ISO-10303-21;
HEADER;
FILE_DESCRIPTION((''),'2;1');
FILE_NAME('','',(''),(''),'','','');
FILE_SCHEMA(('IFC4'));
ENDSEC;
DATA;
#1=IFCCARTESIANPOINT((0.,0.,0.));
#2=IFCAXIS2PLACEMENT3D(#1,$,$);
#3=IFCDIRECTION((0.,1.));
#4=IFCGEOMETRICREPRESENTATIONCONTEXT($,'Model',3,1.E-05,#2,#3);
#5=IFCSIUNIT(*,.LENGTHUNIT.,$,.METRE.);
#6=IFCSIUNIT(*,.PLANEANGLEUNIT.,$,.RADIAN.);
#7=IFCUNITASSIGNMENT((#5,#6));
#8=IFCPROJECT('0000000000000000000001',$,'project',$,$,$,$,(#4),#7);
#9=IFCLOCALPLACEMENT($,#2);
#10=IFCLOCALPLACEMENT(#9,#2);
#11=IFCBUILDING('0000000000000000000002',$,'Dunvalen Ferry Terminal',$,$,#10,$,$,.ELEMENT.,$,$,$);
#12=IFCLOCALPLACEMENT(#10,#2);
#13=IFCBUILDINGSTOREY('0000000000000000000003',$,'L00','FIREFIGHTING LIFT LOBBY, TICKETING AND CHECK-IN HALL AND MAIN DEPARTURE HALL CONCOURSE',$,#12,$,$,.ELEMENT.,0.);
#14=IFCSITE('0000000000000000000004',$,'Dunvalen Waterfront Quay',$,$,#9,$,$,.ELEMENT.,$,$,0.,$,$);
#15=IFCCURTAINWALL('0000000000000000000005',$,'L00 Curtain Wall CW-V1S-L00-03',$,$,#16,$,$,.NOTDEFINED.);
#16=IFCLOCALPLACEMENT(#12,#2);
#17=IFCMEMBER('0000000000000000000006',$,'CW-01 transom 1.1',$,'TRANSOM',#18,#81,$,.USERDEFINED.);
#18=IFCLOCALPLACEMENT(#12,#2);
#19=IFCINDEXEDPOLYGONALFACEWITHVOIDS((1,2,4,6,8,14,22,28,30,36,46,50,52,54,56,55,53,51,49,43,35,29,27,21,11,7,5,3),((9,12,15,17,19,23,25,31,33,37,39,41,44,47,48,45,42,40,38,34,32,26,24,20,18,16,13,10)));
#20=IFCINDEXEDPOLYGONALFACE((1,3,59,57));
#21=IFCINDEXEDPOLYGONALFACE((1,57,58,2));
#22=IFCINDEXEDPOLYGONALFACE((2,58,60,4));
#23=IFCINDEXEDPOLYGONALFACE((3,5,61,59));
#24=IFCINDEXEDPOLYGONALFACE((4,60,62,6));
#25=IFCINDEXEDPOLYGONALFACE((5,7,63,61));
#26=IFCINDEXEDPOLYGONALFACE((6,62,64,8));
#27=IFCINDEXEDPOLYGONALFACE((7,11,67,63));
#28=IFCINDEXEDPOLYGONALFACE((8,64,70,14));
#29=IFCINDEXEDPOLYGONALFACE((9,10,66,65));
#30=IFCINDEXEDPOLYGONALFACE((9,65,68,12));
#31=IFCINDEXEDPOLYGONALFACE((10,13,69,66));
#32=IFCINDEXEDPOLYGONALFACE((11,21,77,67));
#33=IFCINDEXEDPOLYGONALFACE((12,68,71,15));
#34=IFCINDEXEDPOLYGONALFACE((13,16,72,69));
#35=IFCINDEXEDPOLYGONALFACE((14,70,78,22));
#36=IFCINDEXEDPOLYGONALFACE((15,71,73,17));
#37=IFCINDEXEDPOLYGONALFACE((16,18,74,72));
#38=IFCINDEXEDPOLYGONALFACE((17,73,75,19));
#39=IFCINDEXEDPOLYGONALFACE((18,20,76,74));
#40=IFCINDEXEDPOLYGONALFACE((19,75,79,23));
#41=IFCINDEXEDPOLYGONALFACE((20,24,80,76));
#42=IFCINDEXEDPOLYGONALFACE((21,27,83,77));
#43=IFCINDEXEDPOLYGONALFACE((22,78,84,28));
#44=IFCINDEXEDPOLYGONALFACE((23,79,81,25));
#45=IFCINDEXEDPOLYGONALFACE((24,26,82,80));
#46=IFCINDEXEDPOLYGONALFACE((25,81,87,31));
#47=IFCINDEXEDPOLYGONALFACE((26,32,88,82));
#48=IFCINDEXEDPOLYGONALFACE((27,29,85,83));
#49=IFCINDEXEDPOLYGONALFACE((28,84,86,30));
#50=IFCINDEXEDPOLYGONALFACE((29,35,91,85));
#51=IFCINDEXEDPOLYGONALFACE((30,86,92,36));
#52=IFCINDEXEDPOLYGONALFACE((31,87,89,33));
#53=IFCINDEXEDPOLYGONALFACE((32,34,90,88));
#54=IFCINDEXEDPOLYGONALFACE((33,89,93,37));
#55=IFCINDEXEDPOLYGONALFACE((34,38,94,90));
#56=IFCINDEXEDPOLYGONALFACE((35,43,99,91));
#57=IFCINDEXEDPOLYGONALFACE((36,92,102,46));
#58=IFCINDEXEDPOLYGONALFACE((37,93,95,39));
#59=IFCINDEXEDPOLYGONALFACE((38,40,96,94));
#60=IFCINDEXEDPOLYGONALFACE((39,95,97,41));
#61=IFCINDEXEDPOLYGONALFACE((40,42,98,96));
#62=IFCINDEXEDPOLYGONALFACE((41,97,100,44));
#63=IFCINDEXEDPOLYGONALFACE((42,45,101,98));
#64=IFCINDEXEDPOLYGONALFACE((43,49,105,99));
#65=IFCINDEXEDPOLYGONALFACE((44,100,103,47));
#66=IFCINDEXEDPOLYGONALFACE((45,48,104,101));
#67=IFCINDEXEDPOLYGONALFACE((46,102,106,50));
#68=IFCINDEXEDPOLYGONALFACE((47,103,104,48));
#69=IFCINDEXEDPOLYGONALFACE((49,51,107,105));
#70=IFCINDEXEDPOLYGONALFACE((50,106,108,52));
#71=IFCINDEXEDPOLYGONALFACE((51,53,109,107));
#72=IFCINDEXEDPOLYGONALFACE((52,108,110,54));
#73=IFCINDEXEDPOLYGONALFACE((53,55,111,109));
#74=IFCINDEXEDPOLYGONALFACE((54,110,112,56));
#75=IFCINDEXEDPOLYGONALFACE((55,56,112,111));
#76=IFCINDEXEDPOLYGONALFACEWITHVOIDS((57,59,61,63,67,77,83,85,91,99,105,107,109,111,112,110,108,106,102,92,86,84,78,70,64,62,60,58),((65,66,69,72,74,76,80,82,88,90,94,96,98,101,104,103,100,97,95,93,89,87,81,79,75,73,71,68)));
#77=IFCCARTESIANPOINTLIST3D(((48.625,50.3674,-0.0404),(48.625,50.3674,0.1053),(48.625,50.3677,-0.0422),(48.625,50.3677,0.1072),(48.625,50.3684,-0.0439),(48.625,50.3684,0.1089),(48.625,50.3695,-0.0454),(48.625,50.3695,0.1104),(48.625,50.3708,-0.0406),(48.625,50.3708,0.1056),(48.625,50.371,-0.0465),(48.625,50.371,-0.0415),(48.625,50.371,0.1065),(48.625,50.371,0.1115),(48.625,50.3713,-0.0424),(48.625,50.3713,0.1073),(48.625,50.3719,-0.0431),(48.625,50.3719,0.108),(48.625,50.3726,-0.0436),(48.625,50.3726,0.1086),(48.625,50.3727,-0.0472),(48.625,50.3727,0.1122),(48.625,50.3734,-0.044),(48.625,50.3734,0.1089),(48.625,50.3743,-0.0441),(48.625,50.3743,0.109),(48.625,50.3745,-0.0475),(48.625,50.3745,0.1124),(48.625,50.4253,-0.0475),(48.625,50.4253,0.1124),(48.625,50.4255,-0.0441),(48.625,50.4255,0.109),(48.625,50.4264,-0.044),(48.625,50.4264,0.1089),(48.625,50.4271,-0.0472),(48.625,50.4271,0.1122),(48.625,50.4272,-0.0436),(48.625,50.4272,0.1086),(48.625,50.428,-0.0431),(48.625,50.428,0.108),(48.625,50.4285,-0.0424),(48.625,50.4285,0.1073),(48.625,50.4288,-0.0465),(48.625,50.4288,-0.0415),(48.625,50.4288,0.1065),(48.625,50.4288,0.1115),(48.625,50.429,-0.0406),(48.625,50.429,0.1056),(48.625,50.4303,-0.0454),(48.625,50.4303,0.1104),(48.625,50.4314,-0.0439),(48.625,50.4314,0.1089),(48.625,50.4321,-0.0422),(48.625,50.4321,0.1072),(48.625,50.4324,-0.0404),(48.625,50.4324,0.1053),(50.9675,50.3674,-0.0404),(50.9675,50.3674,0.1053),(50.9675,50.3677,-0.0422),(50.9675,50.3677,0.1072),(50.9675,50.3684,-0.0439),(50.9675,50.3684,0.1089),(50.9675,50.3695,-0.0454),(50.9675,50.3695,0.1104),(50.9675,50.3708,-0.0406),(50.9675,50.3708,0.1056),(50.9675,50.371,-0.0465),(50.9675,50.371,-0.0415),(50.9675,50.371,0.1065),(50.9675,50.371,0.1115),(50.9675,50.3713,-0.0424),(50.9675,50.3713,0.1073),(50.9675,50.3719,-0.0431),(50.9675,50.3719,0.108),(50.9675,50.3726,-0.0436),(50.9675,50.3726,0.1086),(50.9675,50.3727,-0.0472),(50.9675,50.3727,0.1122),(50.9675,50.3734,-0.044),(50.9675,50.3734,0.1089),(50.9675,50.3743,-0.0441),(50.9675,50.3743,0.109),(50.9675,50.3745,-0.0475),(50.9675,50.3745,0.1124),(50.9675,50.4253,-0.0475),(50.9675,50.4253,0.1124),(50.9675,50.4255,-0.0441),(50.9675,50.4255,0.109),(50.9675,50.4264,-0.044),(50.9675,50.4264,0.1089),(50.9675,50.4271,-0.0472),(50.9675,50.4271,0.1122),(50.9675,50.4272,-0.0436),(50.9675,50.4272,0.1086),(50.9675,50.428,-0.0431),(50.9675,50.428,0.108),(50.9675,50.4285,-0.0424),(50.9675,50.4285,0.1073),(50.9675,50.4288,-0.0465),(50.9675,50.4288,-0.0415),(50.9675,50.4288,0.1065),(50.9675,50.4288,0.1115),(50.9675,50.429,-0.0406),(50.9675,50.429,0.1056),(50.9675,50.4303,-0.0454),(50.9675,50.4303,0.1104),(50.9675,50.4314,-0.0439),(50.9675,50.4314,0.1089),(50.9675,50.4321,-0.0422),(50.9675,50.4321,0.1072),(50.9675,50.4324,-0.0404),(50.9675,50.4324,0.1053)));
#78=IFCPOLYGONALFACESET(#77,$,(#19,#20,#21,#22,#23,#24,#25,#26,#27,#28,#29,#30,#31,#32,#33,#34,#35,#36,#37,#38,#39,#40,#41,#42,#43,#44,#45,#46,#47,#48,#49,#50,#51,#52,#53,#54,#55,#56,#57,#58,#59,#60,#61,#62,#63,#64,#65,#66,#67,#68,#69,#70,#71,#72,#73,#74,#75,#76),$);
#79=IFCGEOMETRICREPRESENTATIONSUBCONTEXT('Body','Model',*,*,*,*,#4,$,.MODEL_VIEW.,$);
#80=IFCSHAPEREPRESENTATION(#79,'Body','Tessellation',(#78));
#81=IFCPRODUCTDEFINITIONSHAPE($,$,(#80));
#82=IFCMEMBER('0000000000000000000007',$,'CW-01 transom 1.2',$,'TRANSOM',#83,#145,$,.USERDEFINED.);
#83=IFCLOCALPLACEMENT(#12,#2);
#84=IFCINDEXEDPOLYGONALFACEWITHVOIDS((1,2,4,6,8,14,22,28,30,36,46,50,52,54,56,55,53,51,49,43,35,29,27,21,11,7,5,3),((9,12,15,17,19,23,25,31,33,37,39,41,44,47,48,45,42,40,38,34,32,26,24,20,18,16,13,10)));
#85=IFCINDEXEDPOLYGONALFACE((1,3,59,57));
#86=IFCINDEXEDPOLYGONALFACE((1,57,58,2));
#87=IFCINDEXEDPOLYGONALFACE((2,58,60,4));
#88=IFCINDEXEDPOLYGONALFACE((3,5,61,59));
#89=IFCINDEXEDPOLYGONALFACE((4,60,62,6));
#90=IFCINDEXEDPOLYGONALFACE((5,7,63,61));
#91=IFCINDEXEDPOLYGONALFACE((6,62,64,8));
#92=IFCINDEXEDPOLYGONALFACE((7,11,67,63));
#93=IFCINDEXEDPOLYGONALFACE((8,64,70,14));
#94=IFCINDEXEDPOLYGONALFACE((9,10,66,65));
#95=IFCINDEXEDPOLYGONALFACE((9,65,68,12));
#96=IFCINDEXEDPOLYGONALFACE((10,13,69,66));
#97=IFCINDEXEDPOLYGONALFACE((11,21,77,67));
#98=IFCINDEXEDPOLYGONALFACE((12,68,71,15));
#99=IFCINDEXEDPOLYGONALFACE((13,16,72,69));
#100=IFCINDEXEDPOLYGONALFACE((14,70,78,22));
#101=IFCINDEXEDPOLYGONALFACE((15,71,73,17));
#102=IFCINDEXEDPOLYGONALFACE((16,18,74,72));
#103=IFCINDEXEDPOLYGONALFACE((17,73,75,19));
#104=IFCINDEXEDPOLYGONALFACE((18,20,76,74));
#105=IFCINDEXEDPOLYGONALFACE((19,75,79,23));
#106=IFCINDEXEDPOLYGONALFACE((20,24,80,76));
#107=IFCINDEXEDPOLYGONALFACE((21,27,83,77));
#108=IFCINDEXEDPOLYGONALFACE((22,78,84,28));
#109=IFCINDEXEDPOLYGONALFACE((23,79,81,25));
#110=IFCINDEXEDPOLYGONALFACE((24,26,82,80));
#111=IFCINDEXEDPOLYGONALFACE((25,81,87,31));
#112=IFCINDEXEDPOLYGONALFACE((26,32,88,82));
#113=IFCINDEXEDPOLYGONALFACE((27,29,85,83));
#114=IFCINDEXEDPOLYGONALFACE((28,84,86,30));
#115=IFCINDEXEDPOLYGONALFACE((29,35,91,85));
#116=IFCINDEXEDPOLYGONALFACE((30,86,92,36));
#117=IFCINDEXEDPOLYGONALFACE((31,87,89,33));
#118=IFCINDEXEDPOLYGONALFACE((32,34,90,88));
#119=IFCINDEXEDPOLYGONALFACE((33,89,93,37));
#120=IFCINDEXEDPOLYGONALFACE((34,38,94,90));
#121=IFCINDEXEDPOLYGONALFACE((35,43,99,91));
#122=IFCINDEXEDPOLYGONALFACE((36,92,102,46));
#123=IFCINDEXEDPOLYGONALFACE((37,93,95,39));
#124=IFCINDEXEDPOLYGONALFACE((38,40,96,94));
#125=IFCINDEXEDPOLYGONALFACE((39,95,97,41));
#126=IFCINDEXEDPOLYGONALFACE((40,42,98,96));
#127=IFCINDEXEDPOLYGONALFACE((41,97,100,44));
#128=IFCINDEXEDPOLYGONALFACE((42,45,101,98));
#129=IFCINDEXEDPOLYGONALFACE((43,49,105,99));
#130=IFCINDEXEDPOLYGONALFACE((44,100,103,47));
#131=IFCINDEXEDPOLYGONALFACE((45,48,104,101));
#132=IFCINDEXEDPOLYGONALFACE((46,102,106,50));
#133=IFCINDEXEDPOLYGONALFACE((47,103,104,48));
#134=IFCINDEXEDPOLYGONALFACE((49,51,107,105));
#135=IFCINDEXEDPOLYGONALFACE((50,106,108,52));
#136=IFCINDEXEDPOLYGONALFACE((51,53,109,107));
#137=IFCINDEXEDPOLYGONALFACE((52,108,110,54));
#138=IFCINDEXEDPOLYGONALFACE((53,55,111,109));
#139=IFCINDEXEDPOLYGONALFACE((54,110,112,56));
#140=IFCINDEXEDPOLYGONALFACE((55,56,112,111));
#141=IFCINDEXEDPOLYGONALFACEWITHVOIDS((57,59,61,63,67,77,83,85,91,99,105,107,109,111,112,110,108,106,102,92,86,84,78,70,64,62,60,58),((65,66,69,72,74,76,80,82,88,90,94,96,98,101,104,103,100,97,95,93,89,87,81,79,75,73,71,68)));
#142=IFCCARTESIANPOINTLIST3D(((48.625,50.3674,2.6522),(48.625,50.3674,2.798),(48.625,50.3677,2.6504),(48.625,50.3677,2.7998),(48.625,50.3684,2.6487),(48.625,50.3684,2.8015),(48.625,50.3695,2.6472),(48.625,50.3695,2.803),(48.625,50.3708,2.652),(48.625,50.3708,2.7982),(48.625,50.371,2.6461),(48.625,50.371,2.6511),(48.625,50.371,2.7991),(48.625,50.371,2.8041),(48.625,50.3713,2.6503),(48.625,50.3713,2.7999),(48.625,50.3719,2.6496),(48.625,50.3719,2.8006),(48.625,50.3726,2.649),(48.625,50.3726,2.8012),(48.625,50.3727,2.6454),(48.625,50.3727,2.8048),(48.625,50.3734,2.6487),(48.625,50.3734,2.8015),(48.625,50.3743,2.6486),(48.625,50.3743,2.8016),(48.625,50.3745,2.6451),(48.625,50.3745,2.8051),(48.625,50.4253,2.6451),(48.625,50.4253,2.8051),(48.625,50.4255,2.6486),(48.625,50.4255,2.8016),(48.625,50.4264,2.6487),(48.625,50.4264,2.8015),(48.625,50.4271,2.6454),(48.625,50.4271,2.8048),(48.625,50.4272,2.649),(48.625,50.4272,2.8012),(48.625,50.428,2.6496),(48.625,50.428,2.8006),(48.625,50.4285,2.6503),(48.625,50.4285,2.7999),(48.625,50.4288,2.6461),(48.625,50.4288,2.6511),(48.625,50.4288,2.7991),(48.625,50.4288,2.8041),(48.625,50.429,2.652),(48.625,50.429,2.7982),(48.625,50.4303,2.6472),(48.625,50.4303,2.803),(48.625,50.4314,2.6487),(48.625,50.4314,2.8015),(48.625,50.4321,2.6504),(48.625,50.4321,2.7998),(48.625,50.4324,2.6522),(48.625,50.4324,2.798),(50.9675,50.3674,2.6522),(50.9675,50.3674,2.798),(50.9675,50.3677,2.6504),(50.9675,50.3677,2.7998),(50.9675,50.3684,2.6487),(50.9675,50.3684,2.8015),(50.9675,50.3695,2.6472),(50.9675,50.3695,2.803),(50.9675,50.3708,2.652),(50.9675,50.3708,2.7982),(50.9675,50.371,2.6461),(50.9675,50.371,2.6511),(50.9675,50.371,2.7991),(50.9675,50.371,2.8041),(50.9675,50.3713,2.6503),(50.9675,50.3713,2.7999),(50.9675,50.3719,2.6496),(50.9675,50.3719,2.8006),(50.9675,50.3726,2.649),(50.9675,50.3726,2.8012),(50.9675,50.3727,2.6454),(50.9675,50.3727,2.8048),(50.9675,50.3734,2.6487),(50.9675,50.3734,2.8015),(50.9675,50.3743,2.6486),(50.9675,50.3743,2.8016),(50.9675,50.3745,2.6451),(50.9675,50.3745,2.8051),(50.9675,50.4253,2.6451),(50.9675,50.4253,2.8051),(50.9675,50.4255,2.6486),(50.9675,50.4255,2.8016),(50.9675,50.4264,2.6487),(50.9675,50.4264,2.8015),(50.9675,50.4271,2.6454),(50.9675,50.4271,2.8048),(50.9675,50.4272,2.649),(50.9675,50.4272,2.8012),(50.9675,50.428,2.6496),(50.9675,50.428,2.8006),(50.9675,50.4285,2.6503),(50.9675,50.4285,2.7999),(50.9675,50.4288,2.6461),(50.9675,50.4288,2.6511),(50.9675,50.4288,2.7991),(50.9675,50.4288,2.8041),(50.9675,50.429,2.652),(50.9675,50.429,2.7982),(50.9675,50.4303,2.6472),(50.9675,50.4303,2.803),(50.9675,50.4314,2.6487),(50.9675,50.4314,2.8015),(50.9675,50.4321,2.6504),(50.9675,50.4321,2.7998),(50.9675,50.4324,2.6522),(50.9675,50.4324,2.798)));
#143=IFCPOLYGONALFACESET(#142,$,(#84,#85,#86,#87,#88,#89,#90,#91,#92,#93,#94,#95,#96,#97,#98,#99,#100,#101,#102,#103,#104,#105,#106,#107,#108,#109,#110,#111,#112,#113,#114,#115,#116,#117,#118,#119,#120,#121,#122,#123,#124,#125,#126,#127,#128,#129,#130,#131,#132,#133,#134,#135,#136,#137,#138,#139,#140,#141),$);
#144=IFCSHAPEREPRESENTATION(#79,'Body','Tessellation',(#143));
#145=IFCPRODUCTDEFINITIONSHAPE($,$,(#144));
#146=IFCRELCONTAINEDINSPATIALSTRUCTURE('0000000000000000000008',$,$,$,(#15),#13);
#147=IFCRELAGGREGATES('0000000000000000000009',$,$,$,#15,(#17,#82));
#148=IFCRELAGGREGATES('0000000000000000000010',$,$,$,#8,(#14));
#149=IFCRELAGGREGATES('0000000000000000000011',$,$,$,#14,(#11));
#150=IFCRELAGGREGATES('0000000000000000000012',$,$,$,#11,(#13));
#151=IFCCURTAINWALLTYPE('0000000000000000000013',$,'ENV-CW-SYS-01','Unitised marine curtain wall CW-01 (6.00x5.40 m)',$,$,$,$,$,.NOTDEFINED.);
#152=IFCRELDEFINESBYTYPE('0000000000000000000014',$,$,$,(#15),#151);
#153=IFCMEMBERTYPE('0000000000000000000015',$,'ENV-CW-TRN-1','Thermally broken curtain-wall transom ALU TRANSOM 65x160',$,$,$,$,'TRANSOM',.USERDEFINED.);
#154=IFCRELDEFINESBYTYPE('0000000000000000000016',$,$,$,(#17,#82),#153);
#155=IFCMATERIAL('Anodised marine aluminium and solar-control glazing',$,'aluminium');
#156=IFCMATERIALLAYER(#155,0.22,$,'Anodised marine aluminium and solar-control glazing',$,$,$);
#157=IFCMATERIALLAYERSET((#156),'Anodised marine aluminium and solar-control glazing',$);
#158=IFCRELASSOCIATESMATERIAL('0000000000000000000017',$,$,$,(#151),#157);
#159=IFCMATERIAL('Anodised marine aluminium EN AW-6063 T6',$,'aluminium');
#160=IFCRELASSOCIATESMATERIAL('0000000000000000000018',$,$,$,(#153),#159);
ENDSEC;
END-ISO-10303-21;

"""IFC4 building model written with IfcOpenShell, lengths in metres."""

from ifc_helpers import new_model, si_unit, direction, frame, origin, origin_2d, place, context, subcontext, project, spatial, hollow_rectangle, extrude, material, layer, layer_set, material_profile, profile_set, type_object, element, aggregate, save


model = new_model("IFC4")

# Units and contexts
model_context = context("Model", 3, precision=1e-05, world=origin(), true_north=direction((0.0, 1.0)))
body_context = subcontext(model_context, "Body", "Model", "MODEL_VIEW")
ifc_project = project(units=[si_unit("LENGTHUNIT", "METRE"), si_unit("PLANEANGLEUNIT", "RADIAN")], contexts=[model_context])

# Site, building, storey
site_placement = place(None, origin())
site = spatial("IfcSite", under=ifc_project, at=site_placement, Name="Dunvalen Waterfront Quay", CompositionType="ELEMENT", RefElevation=0.0)
building_placement = place(site_placement, origin())
building = spatial("IfcBuilding", under=site, at=building_placement, Name="Dunvalen Ferry Terminal", CompositionType="ELEMENT")
storey_placement = place(building_placement, origin())
storey = spatial("IfcBuildingStorey", under=building, at=storey_placement, Name="L00", Description="FIREFIGHTING LIFT LOBBY, TICKETING AND CHECK-IN HALL AND MAIN DEPARTURE HALL CONCOURSE", CompositionType="ELEMENT", Elevation=0.0)

# Shared definitions
ifc_material_1 = material(Name="Anodised marine aluminium and solar-control glazing", Category="aluminium")
ifc_layer_1 = layer(ifc_material_1, 0.22, Name="Anodised marine aluminium and solar-control glazing")
ifc_layer_set_1 = layer_set([ifc_layer_1], Name="Anodised marine aluminium and solar-control glazing")
curtain_wall_type = type_object("IfcCurtainWallType", Name="ENV-CW-SYS-01", Description="Unitised marine curtain wall CW-01 (6.00x5.40 m)", PredefinedType="NOTDEFINED", material=ifc_layer_set_1)
ifc_material_2 = material(Name="Anodised marine aluminium EN AW-6063 T6", Category="aluminium")

# Curtain wall, members
curtain_wall_1_placement = place(storey_placement, origin())
curtain_wall_1 = element("IfcCurtainWall", 1, at=curtain_wall_1_placement, inside=storey, type_object=curtain_wall_type, Name="L00 Curtain Wall CW-V1S-L00-03", PredefinedType="NOTDEFINED")
ifc_material_profile_1 = material_profile(ifc_material_2, hollow_rectangle(XDim=0.0649, YDim=0.1599, WallThickness=0.0034, InnerFilletRadius=0.0034, OuterFilletRadius=0.0071, at=origin_2d()), Name="Anodised marine aluminium EN AW-6063 T6")
ifc_profile_set_1 = profile_set([ifc_material_profile_1], Name="Anodised marine aluminium EN AW-6063 T6")
member_type_1 = type_object("IfcMemberType", Name="ENV-CW-TRN-1", Description="Thermally broken curtain-wall transom ALU TRANSOM 65x160", ElementType="TRANSOM", PredefinedType="USERDEFINED", material=ifc_profile_set_1)
member_1_placement = place(storey_placement, frame((48.625, 50.3999, 0.0325), z_axis=(1.0, 0.0, 0.0), x_axis=(0.0, 1.0, 0.0)))
member_1 = element("IfcMember", 2, at=member_1_placement, type_object=member_type_1, Name="CW-01 transom 1.1", ObjectType="TRANSOM", PredefinedType="USERDEFINED", context=body_context, shape_type="SweptSolid", body=[
    extrude(hollow_rectangle(XDim=0.0649, YDim=0.1599, WallThickness=0.0034, InnerFilletRadius=0.0034, OuterFilletRadius=0.0071, at=origin_2d()), origin(), (0.0, 0.0, 1.0), 2.3425),
])
member_2_placement = place(storey_placement, frame((48.625, 50.3999, 2.7251), z_axis=(1.0, 0.0, 0.0), x_axis=(0.0, 1.0, 0.0)))
member_2 = element("IfcMember", 3, at=member_2_placement, type_object=member_type_1, Name="CW-01 transom 1.2", ObjectType="TRANSOM", PredefinedType="USERDEFINED", context=body_context, shape_type="SweptSolid", body=[
    extrude(hollow_rectangle(XDim=0.0649, YDim=0.1599, WallThickness=0.0034, InnerFilletRadius=0.0034, OuterFilletRadius=0.0071, at=origin_2d()), origin(), (0.0, 0.0, 1.0), 2.3425),
])
aggregate(curtain_wall_1, [member_1, member_2])

save(model, "model.ifc")
